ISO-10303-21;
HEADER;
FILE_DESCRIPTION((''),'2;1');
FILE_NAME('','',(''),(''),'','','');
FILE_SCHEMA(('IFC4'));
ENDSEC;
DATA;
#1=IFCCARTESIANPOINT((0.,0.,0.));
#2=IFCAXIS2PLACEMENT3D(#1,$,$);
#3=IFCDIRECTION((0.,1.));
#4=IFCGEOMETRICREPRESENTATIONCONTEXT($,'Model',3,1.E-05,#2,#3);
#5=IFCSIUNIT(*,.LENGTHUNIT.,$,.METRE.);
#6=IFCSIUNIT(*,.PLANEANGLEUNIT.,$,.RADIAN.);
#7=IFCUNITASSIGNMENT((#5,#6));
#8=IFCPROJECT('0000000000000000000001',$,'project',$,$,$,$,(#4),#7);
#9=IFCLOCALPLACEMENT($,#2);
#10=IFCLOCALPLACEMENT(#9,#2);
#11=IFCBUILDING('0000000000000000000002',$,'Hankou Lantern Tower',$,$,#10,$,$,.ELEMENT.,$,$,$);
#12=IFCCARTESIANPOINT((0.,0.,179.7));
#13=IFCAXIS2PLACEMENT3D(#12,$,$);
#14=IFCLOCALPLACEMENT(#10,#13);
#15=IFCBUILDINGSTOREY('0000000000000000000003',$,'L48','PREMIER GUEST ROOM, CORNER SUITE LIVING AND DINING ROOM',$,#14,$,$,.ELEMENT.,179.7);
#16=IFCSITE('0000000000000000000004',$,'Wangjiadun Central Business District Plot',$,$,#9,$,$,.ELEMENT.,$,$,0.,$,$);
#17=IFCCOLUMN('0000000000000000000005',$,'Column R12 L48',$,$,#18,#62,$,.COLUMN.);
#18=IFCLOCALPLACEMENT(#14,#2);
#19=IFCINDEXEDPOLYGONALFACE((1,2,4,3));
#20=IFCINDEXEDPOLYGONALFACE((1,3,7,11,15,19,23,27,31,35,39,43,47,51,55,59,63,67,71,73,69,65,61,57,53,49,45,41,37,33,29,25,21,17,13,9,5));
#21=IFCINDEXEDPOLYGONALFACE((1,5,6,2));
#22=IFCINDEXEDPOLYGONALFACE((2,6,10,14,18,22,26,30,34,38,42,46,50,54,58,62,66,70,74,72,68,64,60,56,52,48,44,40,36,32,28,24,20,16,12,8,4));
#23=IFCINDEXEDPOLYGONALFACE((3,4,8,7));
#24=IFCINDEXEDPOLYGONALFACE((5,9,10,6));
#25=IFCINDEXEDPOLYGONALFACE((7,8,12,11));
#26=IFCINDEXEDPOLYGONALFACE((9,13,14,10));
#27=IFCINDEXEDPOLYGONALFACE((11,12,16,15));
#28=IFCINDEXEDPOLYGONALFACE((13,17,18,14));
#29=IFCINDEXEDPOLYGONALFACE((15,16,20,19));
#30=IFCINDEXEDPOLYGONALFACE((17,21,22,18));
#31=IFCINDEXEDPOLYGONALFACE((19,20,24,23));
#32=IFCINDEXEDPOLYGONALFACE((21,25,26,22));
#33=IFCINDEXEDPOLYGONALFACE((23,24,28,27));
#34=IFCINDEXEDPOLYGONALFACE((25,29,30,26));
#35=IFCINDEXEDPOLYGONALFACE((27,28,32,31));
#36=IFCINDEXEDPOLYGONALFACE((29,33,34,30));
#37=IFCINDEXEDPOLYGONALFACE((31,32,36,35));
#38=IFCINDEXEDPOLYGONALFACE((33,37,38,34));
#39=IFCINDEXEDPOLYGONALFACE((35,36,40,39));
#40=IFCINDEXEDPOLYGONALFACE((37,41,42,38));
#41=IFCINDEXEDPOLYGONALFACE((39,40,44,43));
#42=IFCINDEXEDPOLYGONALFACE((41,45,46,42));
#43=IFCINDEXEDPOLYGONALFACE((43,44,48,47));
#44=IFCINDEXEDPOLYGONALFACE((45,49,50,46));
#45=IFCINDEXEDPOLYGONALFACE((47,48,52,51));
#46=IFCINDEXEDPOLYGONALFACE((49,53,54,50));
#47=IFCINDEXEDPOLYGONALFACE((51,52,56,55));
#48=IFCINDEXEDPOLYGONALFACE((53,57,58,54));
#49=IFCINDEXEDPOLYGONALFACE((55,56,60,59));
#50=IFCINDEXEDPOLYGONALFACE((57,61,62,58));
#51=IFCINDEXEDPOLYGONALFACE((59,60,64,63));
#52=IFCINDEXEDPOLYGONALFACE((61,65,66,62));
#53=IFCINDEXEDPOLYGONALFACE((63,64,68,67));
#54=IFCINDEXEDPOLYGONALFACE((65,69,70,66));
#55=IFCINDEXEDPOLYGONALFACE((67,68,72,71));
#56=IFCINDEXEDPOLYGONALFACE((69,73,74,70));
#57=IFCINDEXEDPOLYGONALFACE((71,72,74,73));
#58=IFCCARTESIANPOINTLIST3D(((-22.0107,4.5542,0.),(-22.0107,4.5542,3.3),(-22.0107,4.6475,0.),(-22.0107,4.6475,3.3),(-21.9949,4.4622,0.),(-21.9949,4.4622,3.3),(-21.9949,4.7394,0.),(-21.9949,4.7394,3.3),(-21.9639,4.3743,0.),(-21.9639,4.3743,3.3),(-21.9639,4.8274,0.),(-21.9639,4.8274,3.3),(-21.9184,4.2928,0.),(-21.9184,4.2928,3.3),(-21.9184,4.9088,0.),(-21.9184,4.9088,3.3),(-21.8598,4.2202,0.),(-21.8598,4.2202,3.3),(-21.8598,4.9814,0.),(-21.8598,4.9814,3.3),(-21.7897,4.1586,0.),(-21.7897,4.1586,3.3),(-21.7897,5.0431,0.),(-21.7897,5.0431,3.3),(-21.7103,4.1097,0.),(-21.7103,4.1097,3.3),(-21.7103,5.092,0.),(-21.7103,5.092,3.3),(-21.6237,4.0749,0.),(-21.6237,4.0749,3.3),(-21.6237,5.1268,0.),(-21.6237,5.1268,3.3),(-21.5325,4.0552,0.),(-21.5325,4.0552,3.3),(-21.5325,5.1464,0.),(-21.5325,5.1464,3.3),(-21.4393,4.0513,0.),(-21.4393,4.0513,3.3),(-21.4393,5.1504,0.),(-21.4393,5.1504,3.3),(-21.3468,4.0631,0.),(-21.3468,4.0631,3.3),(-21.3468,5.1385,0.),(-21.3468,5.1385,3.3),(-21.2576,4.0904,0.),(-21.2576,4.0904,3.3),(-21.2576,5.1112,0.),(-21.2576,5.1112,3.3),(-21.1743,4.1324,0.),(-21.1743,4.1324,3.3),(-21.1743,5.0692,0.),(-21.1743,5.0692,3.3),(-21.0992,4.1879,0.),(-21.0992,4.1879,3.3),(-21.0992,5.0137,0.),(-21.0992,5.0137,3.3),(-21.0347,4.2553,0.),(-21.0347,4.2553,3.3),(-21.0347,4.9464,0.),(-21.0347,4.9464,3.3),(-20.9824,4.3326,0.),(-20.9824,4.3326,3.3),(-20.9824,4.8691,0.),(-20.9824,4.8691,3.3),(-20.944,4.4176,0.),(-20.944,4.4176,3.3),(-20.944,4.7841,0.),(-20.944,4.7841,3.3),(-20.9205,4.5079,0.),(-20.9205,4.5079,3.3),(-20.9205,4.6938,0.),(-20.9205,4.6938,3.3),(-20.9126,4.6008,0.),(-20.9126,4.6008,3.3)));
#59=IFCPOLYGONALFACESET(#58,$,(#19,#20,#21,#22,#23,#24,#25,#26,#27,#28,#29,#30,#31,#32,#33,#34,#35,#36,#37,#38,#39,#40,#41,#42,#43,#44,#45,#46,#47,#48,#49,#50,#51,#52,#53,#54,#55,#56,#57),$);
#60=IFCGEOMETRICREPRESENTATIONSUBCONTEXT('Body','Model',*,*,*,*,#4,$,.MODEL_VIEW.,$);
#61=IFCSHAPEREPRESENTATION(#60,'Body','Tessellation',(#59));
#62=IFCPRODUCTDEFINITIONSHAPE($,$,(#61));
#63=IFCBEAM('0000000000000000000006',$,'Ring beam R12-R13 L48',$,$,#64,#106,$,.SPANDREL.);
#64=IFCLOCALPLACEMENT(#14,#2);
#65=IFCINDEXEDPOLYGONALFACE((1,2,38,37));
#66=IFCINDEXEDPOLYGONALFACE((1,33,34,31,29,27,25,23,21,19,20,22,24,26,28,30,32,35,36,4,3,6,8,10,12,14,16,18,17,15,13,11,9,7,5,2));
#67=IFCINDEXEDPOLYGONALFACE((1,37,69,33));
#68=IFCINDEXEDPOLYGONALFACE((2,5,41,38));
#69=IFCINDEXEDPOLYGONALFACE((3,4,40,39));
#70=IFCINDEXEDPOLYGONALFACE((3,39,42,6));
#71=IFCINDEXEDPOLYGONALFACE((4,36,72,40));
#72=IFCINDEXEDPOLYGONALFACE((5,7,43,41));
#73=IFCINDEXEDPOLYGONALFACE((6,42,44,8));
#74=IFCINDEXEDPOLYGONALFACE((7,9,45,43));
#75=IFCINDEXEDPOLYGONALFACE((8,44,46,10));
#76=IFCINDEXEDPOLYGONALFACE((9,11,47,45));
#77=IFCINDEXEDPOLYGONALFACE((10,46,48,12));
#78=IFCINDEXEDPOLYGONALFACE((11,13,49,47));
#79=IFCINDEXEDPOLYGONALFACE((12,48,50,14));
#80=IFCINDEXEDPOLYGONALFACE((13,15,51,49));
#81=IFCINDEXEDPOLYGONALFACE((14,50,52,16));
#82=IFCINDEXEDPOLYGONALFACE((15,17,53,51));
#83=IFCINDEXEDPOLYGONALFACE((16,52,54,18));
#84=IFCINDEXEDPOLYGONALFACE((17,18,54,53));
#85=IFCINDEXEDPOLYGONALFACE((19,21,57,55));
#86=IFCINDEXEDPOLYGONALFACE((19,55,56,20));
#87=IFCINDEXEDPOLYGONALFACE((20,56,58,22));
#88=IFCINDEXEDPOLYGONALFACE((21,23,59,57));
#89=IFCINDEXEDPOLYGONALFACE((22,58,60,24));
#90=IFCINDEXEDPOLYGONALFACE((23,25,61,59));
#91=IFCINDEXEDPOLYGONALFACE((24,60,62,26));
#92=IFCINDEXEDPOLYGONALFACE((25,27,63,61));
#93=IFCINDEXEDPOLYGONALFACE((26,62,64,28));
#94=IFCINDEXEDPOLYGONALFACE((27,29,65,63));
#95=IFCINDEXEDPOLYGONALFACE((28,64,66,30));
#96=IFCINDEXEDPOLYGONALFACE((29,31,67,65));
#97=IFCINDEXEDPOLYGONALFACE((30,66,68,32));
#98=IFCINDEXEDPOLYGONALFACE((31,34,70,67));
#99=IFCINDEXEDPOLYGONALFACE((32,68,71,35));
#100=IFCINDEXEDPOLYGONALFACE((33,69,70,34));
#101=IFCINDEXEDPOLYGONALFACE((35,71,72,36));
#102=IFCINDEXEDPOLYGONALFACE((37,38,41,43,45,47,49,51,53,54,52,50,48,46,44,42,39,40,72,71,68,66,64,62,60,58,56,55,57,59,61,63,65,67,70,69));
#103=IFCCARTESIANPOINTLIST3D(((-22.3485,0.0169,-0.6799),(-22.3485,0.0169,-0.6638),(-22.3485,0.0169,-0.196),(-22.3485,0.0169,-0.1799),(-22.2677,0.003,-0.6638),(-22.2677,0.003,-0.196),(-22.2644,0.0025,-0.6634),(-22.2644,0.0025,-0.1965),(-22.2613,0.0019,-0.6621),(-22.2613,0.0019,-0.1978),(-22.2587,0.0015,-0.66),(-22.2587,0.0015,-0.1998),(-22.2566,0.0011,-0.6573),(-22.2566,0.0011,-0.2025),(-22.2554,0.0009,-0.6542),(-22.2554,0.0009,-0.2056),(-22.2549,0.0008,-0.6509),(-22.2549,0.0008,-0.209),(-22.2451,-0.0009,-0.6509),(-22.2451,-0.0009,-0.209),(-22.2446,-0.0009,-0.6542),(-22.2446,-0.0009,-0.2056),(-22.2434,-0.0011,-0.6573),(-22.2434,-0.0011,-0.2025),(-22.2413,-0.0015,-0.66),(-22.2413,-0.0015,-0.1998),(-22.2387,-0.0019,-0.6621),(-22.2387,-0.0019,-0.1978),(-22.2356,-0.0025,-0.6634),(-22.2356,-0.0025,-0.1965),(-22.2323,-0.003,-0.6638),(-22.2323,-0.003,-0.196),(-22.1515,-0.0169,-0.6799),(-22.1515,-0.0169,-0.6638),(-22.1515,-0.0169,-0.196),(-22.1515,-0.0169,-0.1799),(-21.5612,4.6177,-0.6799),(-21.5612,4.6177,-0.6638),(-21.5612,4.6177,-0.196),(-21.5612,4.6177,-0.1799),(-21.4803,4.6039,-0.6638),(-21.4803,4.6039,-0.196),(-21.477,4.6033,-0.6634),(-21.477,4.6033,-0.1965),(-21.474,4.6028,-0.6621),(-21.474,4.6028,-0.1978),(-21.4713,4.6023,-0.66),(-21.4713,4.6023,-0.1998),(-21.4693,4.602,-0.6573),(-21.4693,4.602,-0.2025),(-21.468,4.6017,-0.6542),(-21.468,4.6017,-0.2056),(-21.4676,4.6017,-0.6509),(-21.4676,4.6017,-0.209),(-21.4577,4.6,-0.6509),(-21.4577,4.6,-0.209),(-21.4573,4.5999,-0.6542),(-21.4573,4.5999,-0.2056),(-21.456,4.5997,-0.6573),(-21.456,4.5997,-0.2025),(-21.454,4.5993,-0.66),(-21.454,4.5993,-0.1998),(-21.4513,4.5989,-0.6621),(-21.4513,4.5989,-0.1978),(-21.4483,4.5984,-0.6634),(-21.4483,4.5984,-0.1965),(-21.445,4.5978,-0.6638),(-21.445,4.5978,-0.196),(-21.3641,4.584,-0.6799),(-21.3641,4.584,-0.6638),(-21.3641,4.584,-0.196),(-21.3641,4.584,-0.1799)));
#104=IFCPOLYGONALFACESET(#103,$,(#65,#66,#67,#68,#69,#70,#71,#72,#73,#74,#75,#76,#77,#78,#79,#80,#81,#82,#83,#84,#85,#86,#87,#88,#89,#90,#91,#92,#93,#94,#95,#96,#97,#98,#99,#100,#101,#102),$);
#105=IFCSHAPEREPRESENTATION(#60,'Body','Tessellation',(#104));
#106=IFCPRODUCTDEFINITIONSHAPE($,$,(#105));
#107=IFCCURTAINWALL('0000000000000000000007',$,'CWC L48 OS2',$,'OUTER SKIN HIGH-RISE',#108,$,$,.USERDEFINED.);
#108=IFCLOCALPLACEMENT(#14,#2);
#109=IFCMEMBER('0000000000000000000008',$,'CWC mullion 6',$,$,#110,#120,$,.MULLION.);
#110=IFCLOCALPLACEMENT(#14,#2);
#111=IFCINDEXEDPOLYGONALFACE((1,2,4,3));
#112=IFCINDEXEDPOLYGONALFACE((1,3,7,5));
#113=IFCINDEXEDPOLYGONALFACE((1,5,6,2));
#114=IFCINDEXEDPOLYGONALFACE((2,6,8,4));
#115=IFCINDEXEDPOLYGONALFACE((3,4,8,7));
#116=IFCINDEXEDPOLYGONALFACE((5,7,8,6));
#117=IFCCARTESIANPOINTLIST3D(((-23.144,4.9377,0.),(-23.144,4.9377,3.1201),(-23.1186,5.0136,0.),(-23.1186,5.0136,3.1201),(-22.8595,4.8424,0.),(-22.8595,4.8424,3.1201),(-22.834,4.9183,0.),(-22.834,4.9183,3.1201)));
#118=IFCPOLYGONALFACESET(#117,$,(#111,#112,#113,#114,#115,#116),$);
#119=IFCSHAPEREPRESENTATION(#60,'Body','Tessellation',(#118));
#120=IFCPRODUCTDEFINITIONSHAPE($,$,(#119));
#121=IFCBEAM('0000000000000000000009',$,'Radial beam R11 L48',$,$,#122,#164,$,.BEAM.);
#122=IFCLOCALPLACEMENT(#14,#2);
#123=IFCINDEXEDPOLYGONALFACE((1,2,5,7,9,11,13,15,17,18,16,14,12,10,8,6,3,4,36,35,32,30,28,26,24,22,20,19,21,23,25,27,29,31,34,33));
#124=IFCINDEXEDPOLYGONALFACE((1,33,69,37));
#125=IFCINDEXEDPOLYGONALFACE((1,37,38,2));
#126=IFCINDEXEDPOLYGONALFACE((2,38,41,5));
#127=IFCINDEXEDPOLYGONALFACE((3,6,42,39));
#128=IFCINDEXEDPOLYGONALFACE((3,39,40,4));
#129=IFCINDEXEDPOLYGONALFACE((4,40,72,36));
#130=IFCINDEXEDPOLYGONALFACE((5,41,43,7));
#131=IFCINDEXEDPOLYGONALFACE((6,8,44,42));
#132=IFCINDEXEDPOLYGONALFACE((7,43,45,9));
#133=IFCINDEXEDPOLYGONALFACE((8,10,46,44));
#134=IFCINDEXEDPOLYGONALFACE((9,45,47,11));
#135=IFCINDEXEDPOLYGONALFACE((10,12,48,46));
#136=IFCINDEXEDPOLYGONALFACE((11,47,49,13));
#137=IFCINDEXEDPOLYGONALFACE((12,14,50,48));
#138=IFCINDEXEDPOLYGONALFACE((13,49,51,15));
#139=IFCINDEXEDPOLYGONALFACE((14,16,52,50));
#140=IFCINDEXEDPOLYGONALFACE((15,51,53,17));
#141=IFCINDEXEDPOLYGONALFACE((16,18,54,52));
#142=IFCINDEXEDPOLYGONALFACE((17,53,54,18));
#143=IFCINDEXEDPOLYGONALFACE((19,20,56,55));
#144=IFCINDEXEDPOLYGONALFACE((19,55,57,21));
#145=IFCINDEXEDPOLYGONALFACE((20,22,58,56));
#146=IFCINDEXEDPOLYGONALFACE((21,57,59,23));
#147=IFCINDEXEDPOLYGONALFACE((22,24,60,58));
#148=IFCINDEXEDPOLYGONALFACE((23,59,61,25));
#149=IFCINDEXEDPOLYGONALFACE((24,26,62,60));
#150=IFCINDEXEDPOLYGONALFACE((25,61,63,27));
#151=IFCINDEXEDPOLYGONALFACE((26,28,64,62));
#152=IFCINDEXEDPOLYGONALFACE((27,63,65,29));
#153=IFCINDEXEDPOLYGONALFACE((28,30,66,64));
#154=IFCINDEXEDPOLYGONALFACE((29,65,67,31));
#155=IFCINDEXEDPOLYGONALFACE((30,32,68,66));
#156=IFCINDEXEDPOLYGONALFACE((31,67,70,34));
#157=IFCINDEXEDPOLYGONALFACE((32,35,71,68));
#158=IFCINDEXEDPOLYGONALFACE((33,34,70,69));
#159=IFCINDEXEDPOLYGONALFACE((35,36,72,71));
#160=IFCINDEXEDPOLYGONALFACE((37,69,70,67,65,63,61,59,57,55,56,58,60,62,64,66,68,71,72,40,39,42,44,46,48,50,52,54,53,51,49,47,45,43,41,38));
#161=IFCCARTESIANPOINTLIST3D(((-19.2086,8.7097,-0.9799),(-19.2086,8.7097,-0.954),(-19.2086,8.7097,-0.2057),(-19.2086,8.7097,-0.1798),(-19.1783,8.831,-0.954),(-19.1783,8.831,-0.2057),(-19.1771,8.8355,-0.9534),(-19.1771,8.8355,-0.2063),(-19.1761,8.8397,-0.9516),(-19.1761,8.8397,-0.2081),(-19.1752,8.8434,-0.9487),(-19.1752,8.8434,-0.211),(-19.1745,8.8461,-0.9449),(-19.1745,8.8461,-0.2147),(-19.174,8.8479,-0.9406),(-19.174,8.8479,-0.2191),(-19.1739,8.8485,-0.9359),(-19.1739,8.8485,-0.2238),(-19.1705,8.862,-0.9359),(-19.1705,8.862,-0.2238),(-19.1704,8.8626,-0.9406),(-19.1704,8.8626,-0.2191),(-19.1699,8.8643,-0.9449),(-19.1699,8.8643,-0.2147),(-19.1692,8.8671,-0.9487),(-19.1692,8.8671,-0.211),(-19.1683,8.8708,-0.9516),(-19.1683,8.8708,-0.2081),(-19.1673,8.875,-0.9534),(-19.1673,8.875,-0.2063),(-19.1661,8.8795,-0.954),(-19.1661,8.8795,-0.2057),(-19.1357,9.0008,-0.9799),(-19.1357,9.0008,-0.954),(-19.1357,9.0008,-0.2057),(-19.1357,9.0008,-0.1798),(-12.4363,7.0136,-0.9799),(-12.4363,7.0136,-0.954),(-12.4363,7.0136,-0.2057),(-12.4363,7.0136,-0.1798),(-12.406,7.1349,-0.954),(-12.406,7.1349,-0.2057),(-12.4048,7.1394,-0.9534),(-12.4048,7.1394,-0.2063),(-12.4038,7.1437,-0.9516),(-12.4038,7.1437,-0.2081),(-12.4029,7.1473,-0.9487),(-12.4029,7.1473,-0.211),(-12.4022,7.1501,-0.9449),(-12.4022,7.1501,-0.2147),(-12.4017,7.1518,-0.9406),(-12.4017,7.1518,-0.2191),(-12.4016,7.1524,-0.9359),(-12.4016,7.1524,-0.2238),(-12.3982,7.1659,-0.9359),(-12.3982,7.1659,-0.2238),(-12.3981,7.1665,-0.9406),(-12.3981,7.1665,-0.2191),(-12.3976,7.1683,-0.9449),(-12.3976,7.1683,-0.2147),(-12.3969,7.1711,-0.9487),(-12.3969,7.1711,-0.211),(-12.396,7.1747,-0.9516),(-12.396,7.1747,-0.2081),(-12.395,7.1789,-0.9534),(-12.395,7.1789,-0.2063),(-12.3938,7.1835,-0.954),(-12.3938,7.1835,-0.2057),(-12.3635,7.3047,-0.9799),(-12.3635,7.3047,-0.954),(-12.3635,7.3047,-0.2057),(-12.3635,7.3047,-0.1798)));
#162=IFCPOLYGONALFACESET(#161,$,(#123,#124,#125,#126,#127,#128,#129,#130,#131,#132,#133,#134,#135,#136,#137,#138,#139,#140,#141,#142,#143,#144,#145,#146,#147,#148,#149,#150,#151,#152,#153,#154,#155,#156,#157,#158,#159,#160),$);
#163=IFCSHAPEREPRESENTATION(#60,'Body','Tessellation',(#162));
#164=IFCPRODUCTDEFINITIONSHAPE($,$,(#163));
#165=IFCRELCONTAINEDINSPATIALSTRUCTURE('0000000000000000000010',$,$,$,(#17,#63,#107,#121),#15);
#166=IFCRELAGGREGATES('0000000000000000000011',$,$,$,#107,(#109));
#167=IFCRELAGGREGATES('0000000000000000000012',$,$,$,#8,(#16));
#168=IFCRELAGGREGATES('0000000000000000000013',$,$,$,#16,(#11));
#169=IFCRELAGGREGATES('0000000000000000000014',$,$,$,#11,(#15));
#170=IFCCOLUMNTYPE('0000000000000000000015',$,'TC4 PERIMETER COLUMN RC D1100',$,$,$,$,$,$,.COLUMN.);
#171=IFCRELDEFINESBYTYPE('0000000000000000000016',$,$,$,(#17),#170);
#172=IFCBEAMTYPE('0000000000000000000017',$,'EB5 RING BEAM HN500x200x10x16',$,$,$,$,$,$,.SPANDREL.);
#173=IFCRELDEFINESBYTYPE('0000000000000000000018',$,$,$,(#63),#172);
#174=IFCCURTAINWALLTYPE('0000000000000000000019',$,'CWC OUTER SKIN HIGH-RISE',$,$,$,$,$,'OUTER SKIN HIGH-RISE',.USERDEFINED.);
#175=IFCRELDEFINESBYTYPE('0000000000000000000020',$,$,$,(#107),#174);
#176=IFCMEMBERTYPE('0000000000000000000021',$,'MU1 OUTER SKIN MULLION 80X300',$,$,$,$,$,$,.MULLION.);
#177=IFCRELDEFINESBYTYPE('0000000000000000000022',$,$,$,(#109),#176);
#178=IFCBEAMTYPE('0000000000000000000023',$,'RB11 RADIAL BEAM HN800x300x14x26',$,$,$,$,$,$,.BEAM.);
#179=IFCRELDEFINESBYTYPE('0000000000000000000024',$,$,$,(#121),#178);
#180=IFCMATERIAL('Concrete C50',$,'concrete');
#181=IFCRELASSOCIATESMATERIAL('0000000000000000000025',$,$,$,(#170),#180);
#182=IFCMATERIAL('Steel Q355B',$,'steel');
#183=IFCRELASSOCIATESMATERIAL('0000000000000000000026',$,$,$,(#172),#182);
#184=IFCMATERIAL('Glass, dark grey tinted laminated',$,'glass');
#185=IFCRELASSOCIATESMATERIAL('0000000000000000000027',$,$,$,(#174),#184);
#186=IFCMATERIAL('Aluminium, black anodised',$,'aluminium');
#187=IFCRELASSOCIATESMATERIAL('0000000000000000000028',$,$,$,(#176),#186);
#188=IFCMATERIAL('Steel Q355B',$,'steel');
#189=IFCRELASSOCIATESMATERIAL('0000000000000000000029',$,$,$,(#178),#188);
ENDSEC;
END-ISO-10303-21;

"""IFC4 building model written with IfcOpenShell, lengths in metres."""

from ifc_helpers import new_model, si_unit, direction, frame, origin, origin_2d, place, context, subcontext, project, spatial, rectangle, circle, i_section, extrude, material, material_profile, profile_set, type_object, element, aggregate, save


model = new_model("IFC4")

# Units and contexts
model_context = context("Model", 3, precision=1e-05, world=origin(), true_north=direction((0.0, 1.0)))
body_context = subcontext(model_context, "Body", "Model", "MODEL_VIEW")
ifc_project = project(units=[si_unit("LENGTHUNIT", "METRE"), si_unit("PLANEANGLEUNIT", "RADIAN")], contexts=[model_context])

# Site, building, storey
site_placement = place(None, origin())
site = spatial("IfcSite", under=ifc_project, at=site_placement, Name="Wangjiadun Central Business District Plot", CompositionType="ELEMENT", RefElevation=0.0)
building_placement = place(site_placement, origin())
building = spatial("IfcBuilding", under=site, at=building_placement, Name="Hankou Lantern Tower", CompositionType="ELEMENT")
storey_placement = place(building_placement, frame((0.0, 0.0, 179.7)))
storey = spatial("IfcBuildingStorey", under=building, at=storey_placement, Name="L48", Description="PREMIER GUEST ROOM, CORNER SUITE LIVING AND DINING ROOM", CompositionType="ELEMENT", Elevation=179.7)

# Column
ifc_material_1 = material(Name="Concrete C50", Category="concrete")
ifc_material_profile_1 = material_profile(ifc_material_1, circle(Radius=0.55, at=origin_2d()), Name="RC D1100")
ifc_profile_set_1 = profile_set([ifc_material_profile_1], Name="Concrete C50")
column_type = type_object("IfcColumnType", Name="TC4 PERIMETER COLUMN RC D1100", PredefinedType="COLUMN", material=ifc_profile_set_1)
column_placement = place(storey_placement, frame((-21.4626, 4.6008, 0.0), z_axis=(0.0, 0.0, 1.0), x_axis=(1.0, 0.0, 0.0)))
element("IfcColumn", 1, at=column_placement, inside=storey, type_object=column_type, Name="Column R12 L48", PredefinedType="COLUMN", context=body_context, shape_type="SweptSolid", body=[
    extrude(circle(Radius=0.55, at=origin_2d()), origin(), (0.0, 0.0, 1.0), 3.3),
])

# Beam
ifc_material_2 = material(Name="Steel Q355B", Category="steel")
ifc_material_profile_2 = material_profile(ifc_material_2, i_section(OverallWidth=0.2, OverallDepth=0.5, WebThickness=0.01, FlangeThickness=0.0161, FilletRadius=0.0129, at=origin_2d()), Name="HN500x200x10x16")
ifc_profile_set_2 = profile_set([ifc_material_profile_2], Name="Steel Q355B")
beam_type_1 = type_object("IfcBeamType", Name="EB5 RING BEAM HN500x200x10x16", PredefinedType="SPANDREL", material=ifc_profile_set_2)
beam_1_placement = place(storey_placement, frame((-21.4626, 4.6008, -0.4299), z_axis=(-0.168681, -0.985671, 0.0), x_axis=(0.985671, -0.168681, 0.0)))
element("IfcBeam", 2, at=beam_1_placement, inside=storey, type_object=beam_type_1, Name="Ring beam R12-R13 L48", PredefinedType="SPANDREL", context=body_context, shape_type="SweptSolid", body=[
    extrude(i_section(OverallWidth=0.2, OverallDepth=0.5, WebThickness=0.01, FlangeThickness=0.0161, FilletRadius=0.0129, at=origin_2d()), origin(), (0.0, 0.0, 1.0), 4.6677),
])

# Curtain wall, member
ifc_material_3 = material(Name="Glass, dark grey tinted laminated", Category="glass")
curtain_wall_type = type_object("IfcCurtainWallType", Name="CWC OUTER SKIN HIGH-RISE", ElementType="OUTER SKIN HIGH-RISE", PredefinedType="USERDEFINED", material=ifc_material_3)
curtain_wall_placement = place(storey_placement, origin())
curtain_wall = element("IfcCurtainWall", 3, at=curtain_wall_placement, inside=storey, type_object=curtain_wall_type, Name="CWC L48 OS2", ObjectType="OUTER SKIN HIGH-RISE", PredefinedType="USERDEFINED")
ifc_material_4 = material(Name="Aluminium, black anodised", Category="aluminium")
ifc_material_profile_3 = material_profile(ifc_material_4, rectangle(XDim=0.0801, YDim=0.3, at=origin_2d()), Name="MU1 80X300")
ifc_profile_set_3 = profile_set([ifc_material_profile_3], Name="Aluminium, black anodised")
member_type_1 = type_object("IfcMemberType", Name="MU1 OUTER SKIN MULLION 80X300", PredefinedType="MULLION", material=ifc_profile_set_3)
member_1_placement = place(storey_placement, frame((-22.989, 4.928, 0.0), z_axis=(0.0, 0.0, 1.0), x_axis=(-0.317596, -0.948226, 0.0)))
member_1 = element("IfcMember", 4, at=member_1_placement, type_object=member_type_1, Name="CWC mullion 6", PredefinedType="MULLION", context=body_context, shape_type="SweptSolid", body=[
    extrude(rectangle(XDim=0.0801, YDim=0.3, at=origin_2d()), origin(), (0.0, 0.0, 1.0), 3.1201),
])

# Beam
ifc_material_5 = material(Name="Steel Q355B", Category="steel")
ifc_material_profile_4 = material_profile(ifc_material_5, i_section(OverallWidth=0.3, OverallDepth=0.8, WebThickness=0.0139, FlangeThickness=0.0259, FilletRadius=0.0181, at=origin_2d()), Name="HN800x300x14x26")
ifc_profile_set_4 = profile_set([ifc_material_profile_4], Name="Steel Q355B")
beam_type_2 = type_object("IfcBeamType", Name="RB11 RADIAL BEAM HN800x300x14x26", PredefinedType="BEAM", material=ifc_profile_set_4)
beam_2_placement = place(storey_placement, frame((-12.3999, 7.1592, -0.5798), z_axis=(-0.970042, 0.242939, 0.0), x_axis=(-0.242939, -0.970042, 0.0)))
element("IfcBeam", 5, at=beam_2_placement, inside=storey, type_object=beam_type_2, Name="Radial beam R11 L48", PredefinedType="BEAM", context=body_context, shape_type="SweptSolid", body=[
    extrude(i_section(OverallWidth=0.3, OverallDepth=0.8, WebThickness=0.0139, FlangeThickness=0.0259, FilletRadius=0.0181, at=origin_2d()), origin(), (0.0, 0.0, 1.0), 6.9814),
])

aggregate(curtain_wall, [member_1])

save(model, "model.ifc")
